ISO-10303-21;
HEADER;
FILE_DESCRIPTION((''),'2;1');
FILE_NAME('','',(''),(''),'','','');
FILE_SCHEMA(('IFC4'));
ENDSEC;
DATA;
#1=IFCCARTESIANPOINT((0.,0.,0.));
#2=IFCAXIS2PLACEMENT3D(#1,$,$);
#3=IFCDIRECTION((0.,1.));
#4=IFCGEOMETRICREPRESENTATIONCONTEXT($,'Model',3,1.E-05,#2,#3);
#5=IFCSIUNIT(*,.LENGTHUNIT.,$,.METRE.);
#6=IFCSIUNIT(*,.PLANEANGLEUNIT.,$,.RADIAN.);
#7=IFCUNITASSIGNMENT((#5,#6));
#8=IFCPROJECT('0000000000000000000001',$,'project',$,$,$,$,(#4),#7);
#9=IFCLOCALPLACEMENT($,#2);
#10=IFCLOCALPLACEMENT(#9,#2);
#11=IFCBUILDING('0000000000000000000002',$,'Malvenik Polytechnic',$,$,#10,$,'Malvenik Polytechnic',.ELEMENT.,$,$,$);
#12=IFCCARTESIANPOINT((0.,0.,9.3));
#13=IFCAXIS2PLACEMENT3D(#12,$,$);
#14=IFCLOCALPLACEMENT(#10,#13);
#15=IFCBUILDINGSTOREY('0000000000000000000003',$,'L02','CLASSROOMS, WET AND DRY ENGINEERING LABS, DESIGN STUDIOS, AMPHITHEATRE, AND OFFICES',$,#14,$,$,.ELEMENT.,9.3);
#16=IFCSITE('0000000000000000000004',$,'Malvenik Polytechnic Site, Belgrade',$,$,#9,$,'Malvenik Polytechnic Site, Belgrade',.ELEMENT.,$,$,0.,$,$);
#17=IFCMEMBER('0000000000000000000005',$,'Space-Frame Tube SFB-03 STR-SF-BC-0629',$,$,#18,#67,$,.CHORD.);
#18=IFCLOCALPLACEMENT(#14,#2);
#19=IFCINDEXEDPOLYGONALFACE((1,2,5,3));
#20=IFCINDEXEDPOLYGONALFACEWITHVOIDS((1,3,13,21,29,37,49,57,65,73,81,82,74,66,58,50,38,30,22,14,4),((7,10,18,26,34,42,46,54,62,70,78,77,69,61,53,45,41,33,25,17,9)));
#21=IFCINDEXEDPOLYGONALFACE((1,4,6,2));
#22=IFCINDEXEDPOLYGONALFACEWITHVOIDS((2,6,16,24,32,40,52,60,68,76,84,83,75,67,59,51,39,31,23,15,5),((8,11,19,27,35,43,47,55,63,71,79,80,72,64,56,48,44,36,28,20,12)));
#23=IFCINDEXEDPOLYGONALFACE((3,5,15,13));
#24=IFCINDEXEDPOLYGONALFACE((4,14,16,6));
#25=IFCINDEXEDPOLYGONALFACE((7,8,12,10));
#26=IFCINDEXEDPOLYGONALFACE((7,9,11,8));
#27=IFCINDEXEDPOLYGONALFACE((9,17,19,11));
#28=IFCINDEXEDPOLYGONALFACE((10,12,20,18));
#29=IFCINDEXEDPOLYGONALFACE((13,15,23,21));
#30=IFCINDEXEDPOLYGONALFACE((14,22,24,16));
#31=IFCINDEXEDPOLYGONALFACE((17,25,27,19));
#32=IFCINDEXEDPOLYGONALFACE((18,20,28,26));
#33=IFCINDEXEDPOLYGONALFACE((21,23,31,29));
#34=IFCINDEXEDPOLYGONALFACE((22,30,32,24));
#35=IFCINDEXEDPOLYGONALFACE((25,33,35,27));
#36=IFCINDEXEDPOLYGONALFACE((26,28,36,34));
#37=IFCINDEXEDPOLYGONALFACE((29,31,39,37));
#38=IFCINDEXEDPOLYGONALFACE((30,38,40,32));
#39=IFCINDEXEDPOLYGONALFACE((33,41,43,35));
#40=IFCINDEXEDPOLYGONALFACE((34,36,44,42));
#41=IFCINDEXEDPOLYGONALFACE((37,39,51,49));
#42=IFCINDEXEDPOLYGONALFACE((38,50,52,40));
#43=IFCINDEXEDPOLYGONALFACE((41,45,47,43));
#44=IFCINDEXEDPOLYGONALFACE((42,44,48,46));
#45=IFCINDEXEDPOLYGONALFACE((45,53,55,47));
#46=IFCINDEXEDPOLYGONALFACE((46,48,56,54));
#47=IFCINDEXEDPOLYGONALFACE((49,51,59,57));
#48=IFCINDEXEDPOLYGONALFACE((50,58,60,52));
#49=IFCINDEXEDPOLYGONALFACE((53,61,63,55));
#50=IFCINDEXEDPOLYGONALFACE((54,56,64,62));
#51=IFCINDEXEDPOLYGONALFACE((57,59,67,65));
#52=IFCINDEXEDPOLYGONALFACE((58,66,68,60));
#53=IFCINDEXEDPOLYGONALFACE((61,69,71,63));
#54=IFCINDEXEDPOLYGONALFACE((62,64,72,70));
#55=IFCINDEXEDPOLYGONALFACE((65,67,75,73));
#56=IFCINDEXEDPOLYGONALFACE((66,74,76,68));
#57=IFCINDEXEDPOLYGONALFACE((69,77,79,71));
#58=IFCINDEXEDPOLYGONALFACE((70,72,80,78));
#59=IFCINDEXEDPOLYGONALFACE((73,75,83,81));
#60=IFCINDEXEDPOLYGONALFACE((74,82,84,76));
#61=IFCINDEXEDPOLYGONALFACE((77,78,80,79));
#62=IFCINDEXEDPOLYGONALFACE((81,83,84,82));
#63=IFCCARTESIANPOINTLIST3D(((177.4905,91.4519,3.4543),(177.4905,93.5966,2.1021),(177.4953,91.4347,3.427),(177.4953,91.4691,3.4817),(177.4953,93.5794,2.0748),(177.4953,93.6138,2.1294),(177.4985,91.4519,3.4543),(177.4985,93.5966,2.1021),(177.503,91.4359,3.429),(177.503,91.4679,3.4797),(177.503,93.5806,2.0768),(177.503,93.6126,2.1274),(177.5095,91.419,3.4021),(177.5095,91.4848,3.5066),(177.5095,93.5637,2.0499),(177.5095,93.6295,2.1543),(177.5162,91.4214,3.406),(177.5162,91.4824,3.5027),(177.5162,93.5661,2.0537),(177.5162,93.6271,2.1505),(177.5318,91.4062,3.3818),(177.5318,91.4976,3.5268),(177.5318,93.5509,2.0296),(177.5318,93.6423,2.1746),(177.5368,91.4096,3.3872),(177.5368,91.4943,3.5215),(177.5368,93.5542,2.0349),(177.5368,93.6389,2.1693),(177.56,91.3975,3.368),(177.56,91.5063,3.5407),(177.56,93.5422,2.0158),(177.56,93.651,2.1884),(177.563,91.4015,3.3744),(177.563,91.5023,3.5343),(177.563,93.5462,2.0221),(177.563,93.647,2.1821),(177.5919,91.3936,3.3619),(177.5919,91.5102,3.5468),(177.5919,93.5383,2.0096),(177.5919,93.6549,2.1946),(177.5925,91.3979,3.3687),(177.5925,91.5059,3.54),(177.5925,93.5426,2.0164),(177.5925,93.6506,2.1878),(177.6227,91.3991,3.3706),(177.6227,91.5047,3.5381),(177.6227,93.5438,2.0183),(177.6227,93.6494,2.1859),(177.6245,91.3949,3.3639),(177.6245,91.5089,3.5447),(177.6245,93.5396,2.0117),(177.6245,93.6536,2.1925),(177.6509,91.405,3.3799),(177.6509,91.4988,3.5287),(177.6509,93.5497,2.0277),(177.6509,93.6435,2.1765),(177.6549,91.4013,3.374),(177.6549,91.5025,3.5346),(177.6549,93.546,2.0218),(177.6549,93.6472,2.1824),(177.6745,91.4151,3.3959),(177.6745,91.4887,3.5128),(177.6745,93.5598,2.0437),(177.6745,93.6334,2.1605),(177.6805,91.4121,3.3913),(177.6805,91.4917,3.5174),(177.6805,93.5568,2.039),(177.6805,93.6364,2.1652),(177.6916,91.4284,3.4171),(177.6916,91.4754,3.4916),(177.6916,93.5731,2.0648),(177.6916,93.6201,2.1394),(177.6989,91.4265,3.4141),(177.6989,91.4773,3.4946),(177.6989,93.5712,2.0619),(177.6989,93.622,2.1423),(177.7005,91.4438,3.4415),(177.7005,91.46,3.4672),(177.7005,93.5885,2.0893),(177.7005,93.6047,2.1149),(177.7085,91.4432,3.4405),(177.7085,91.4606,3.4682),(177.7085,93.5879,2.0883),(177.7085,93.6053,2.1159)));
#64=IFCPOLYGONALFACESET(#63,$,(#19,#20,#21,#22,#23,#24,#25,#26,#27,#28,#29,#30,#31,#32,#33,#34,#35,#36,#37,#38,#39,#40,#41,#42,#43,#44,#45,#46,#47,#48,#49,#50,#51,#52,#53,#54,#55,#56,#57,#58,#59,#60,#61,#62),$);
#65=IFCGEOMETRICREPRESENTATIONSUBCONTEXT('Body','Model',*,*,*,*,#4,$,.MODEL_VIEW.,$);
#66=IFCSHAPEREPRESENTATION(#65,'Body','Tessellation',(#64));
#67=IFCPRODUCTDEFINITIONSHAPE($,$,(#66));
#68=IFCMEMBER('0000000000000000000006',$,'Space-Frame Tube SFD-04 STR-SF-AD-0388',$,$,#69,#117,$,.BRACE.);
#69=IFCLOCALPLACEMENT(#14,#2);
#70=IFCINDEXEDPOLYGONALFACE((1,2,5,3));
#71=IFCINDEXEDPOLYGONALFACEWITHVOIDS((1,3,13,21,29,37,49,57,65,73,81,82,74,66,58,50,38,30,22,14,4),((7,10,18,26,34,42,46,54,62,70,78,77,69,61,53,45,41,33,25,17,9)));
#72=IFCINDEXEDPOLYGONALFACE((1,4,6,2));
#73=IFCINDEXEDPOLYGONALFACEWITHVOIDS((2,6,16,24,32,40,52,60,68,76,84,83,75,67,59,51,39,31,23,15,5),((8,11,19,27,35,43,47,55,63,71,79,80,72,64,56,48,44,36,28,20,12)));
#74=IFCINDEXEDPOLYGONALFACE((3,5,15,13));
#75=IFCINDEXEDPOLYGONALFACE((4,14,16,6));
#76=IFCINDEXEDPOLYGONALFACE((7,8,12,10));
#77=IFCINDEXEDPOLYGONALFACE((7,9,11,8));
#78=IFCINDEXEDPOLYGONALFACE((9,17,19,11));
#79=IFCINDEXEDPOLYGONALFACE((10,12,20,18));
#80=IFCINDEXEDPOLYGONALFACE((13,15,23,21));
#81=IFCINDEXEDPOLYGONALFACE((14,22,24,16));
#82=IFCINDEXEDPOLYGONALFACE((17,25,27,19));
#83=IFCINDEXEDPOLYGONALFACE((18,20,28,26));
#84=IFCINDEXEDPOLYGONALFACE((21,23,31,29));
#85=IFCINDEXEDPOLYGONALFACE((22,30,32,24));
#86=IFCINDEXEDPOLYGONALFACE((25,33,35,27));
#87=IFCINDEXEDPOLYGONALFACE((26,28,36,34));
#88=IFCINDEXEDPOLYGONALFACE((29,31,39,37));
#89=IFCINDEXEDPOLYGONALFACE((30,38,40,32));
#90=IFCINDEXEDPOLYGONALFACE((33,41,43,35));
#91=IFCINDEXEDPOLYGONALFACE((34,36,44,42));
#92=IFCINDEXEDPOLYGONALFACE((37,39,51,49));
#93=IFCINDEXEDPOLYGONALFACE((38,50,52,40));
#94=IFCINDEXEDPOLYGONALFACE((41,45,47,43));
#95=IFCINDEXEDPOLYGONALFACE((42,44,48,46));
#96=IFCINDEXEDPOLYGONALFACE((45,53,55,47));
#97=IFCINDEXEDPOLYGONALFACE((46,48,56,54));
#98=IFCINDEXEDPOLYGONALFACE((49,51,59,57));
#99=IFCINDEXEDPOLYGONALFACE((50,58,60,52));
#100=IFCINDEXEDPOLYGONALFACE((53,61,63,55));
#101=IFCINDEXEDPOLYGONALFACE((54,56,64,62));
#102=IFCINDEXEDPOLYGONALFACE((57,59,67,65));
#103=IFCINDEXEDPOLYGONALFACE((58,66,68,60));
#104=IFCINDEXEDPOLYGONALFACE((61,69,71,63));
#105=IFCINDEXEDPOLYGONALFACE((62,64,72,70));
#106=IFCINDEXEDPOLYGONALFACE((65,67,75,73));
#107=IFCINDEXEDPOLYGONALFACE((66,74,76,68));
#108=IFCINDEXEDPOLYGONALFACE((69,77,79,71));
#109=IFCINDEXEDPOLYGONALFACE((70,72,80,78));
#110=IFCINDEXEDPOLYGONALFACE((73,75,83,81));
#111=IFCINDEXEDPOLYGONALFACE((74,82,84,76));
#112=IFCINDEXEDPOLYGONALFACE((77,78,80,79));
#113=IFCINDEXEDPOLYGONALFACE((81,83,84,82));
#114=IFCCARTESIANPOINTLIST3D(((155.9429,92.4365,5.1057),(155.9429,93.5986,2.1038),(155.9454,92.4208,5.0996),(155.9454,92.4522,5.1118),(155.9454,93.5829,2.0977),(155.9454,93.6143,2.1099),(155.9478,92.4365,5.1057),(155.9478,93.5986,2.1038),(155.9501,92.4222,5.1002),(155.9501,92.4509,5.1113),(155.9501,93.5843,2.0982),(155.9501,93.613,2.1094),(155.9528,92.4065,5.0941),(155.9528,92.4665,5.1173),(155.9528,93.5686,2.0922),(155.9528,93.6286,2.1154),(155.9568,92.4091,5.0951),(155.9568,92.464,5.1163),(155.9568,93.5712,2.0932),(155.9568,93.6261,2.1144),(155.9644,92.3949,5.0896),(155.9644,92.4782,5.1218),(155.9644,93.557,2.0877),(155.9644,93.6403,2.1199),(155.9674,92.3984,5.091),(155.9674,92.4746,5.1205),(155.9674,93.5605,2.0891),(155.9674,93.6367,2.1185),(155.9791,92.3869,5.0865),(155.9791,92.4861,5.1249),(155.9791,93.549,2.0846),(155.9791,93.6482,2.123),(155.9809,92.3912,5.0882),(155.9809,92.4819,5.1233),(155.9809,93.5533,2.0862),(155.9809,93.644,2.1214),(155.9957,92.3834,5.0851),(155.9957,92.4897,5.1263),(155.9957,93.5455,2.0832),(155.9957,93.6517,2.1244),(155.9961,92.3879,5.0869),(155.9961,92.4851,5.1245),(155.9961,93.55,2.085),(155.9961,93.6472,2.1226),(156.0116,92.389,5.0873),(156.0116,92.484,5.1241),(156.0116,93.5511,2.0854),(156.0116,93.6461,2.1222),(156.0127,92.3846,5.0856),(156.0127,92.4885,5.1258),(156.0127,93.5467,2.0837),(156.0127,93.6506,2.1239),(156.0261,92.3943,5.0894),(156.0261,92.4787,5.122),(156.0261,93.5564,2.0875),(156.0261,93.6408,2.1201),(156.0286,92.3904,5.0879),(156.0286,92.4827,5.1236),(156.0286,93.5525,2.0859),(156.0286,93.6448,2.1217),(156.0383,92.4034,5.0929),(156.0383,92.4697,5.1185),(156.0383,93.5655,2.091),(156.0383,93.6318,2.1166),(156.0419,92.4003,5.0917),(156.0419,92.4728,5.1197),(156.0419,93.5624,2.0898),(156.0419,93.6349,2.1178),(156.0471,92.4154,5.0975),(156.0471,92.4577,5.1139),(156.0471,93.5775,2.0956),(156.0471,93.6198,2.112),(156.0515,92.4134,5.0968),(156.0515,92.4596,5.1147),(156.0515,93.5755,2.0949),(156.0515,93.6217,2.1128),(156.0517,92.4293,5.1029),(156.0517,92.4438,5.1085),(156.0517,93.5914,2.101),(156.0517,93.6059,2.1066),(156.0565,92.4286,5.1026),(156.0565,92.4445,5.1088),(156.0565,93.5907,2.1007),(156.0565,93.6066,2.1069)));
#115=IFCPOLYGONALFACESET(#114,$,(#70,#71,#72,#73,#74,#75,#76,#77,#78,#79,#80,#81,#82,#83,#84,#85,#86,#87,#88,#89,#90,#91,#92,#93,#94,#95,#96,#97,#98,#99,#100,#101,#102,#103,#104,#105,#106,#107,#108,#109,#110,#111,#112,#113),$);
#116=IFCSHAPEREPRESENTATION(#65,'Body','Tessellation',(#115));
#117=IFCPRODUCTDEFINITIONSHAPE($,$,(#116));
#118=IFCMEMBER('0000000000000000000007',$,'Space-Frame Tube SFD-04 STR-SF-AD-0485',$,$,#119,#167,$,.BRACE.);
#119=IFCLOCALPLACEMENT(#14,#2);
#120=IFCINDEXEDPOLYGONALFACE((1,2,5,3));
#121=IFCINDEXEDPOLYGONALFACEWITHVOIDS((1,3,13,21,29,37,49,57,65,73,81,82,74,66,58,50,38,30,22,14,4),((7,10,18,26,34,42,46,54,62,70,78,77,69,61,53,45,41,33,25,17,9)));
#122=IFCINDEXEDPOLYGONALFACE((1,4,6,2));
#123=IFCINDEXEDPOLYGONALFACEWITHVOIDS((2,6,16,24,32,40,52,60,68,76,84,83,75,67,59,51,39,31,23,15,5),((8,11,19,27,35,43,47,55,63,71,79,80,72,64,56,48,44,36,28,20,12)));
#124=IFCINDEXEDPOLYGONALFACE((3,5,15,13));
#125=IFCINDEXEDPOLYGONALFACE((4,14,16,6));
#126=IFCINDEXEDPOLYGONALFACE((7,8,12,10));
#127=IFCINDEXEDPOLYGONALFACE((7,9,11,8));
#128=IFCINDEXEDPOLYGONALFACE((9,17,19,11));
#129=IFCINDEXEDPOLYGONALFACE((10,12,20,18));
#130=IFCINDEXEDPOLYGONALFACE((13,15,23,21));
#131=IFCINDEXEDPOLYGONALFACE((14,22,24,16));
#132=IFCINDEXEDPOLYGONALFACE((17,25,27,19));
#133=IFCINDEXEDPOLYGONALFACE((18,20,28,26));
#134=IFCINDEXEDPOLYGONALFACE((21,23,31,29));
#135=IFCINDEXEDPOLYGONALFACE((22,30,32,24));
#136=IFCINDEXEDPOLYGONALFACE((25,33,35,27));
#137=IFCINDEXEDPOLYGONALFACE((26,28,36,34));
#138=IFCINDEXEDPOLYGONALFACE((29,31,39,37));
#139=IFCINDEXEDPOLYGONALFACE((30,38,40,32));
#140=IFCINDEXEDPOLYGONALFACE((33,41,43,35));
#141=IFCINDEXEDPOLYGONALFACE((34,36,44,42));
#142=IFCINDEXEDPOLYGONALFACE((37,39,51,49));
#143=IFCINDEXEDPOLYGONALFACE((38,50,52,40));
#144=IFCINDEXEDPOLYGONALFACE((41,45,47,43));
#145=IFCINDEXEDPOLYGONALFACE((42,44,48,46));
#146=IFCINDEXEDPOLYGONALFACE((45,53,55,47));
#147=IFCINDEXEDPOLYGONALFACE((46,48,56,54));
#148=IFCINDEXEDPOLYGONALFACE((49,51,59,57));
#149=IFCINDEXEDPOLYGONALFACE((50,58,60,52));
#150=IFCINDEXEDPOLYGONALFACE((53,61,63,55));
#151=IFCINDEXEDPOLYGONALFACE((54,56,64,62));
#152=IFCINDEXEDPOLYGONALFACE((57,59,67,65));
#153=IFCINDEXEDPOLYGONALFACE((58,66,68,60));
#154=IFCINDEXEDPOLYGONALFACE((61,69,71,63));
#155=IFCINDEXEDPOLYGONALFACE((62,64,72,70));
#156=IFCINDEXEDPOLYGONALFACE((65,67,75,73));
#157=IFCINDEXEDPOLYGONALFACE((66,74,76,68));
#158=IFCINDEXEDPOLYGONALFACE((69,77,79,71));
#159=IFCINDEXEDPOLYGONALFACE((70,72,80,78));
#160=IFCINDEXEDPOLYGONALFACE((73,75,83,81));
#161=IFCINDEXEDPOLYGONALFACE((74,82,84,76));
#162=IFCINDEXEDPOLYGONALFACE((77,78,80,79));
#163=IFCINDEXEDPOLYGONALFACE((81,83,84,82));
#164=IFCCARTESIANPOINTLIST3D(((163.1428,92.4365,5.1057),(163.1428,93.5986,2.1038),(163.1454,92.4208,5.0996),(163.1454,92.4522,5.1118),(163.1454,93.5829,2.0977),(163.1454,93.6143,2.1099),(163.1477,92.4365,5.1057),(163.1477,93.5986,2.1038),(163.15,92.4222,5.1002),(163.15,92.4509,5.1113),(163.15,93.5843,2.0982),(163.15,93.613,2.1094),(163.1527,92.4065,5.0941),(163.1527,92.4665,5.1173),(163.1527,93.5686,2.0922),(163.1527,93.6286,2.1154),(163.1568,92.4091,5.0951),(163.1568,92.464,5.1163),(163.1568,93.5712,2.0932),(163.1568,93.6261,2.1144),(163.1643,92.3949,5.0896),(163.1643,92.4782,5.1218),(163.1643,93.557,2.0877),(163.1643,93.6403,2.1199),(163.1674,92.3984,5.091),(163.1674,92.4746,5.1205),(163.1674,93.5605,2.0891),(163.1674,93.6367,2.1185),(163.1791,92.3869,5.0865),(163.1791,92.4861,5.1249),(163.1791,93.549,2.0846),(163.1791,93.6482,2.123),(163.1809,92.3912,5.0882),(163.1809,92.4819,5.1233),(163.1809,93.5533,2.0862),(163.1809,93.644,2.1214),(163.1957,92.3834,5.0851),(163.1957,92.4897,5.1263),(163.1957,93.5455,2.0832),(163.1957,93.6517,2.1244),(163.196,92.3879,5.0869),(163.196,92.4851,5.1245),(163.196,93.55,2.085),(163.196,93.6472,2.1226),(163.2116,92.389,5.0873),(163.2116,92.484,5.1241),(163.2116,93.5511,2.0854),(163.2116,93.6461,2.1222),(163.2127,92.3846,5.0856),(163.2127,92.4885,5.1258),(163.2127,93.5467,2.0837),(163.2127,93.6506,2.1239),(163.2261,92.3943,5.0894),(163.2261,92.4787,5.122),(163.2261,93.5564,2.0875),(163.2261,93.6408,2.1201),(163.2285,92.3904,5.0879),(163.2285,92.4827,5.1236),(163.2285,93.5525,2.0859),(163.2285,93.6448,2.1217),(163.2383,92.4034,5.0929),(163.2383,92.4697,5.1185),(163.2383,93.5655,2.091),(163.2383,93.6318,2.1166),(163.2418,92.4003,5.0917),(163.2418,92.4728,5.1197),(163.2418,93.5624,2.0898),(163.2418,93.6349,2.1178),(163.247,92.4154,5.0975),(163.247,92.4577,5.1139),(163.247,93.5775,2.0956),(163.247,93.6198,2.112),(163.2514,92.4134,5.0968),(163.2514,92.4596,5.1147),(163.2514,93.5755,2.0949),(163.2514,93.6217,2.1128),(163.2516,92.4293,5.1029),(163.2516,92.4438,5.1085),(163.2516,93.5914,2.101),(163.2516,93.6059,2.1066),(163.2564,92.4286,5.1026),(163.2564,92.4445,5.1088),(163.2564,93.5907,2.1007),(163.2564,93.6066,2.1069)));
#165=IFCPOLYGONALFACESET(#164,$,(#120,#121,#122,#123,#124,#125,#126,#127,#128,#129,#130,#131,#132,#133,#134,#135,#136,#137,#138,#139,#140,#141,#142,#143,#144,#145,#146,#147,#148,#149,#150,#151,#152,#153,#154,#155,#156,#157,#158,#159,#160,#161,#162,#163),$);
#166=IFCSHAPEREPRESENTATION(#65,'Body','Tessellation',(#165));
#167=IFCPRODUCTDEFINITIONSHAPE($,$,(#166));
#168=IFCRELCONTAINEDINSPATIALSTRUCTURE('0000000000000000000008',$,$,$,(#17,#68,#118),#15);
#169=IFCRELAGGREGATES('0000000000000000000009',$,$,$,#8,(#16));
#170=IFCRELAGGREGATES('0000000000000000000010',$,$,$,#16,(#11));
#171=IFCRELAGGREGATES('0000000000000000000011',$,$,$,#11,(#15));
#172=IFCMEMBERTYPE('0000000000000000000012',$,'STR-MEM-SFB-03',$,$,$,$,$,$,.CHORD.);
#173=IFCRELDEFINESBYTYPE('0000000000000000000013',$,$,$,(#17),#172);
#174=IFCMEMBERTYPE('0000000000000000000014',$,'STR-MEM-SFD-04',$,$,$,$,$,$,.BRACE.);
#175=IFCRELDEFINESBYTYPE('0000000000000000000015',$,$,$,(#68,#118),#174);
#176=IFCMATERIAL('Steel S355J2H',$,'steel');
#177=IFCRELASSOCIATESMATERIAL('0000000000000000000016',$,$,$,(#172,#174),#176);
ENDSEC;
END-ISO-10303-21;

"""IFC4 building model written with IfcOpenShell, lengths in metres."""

from ifc_helpers import new_model, si_unit, direction, frame, origin, origin_2d, place, context, subcontext, project, spatial, hollow_circle, extrude, material, material_profile, profile_set, type_object, element, save


model = new_model("IFC4")

# Units and contexts
model_context = context("Model", 3, precision=1e-05, world=origin(), true_north=direction((0.0, 1.0)))
body_context = subcontext(model_context, "Body", "Model", "MODEL_VIEW")
ifc_project = project(units=[si_unit("LENGTHUNIT", "METRE"), si_unit("PLANEANGLEUNIT", "RADIAN")], contexts=[model_context])

# Site, building, storey
site_placement = place(None, origin())
site = spatial("IfcSite", under=ifc_project, at=site_placement, Name="Malvenik Polytechnic Site, Belgrade", LongName="Malvenik Polytechnic Site, Belgrade", CompositionType="ELEMENT", RefElevation=0.0)
building_placement = place(site_placement, origin())
building = spatial("IfcBuilding", under=site, at=building_placement, Name="Malvenik Polytechnic", LongName="Malvenik Polytechnic", CompositionType="ELEMENT")
storey_placement = place(building_placement, frame((0.0, 0.0, 9.3)))
storey = spatial("IfcBuildingStorey", under=building, at=storey_placement, Name="L02", Description="CLASSROOMS, WET AND DRY ENGINEERING LABS, DESIGN STUDIOS, AMPHITHEATRE, AND OFFICES", CompositionType="ELEMENT", Elevation=9.3)

# Members
ifc_material = material(Name="Steel S355J2H", Category="steel")
ifc_material_profile_1 = material_profile(ifc_material, hollow_circle(Radius=0.1096, WallThickness=0.0081, at=origin_2d()), Name="CHS 219.1x8.0")
ifc_profile_set_1 = profile_set([ifc_material_profile_1], Name="Steel S355J2H")
member_type_1 = type_object("IfcMemberType", Name="STR-MEM-SFB-03", PredefinedType="CHORD", material=ifc_profile_set_1)
for number, where, z_axis, x_axis, name in (
    (1, (177.6001, 91.4519, 3.4543), (0.0, 0.845898, -0.533344), (-1.0, 0.0, 0.0), "Space-Frame Tube SFB-03 STR-SF-BC-0629"),
):
    element("IfcMember", number, at=place(storey_placement, frame(where, z_axis=z_axis, x_axis=x_axis)), inside=storey, type_object=member_type_1, Name=name, PredefinedType="CHORD", context=body_context, shape_type="SweptSolid", body=[
        extrude(hollow_circle(Radius=0.1096, WallThickness=0.0081, at=origin_2d()), origin(), (0.0, 0.0, 1.0), 2.5354),
    ])
ifc_material_profile_2 = material_profile(ifc_material, hollow_circle(Radius=0.0571, WallThickness=0.0049, at=origin_2d()), Name="CHS 114.3x5.0")
ifc_profile_set_2 = profile_set([ifc_material_profile_2], Name="Steel S355J2H")
member_type_2 = type_object("IfcMemberType", Name="STR-MEM-SFD-04", PredefinedType="BRACE", material=ifc_profile_set_2)
for number, where, z_axis, x_axis, name in (
    (2, (156.0, 92.4365, 5.1057), (0.0, 0.361011, -0.932562), (-1.0, 0.0, 0.0), "Space-Frame Tube SFD-04 STR-SF-AD-0388"),
    (3, (163.2, 92.4365, 5.1057), (0.0, 0.361011, -0.932562), (-1.0, 0.0, 0.0), "Space-Frame Tube SFD-04 STR-SF-AD-0485"),
):
    element("IfcMember", number, at=place(storey_placement, frame(where, z_axis=z_axis, x_axis=x_axis)), inside=storey, type_object=member_type_2, Name=name, PredefinedType="BRACE", context=body_context, shape_type="SweptSolid", body=[
        extrude(hollow_circle(Radius=0.0571, WallThickness=0.0049, at=origin_2d()), origin(), (0.0, 0.0, 1.0), 3.219),
    ])

save(model, "model.ifc")
